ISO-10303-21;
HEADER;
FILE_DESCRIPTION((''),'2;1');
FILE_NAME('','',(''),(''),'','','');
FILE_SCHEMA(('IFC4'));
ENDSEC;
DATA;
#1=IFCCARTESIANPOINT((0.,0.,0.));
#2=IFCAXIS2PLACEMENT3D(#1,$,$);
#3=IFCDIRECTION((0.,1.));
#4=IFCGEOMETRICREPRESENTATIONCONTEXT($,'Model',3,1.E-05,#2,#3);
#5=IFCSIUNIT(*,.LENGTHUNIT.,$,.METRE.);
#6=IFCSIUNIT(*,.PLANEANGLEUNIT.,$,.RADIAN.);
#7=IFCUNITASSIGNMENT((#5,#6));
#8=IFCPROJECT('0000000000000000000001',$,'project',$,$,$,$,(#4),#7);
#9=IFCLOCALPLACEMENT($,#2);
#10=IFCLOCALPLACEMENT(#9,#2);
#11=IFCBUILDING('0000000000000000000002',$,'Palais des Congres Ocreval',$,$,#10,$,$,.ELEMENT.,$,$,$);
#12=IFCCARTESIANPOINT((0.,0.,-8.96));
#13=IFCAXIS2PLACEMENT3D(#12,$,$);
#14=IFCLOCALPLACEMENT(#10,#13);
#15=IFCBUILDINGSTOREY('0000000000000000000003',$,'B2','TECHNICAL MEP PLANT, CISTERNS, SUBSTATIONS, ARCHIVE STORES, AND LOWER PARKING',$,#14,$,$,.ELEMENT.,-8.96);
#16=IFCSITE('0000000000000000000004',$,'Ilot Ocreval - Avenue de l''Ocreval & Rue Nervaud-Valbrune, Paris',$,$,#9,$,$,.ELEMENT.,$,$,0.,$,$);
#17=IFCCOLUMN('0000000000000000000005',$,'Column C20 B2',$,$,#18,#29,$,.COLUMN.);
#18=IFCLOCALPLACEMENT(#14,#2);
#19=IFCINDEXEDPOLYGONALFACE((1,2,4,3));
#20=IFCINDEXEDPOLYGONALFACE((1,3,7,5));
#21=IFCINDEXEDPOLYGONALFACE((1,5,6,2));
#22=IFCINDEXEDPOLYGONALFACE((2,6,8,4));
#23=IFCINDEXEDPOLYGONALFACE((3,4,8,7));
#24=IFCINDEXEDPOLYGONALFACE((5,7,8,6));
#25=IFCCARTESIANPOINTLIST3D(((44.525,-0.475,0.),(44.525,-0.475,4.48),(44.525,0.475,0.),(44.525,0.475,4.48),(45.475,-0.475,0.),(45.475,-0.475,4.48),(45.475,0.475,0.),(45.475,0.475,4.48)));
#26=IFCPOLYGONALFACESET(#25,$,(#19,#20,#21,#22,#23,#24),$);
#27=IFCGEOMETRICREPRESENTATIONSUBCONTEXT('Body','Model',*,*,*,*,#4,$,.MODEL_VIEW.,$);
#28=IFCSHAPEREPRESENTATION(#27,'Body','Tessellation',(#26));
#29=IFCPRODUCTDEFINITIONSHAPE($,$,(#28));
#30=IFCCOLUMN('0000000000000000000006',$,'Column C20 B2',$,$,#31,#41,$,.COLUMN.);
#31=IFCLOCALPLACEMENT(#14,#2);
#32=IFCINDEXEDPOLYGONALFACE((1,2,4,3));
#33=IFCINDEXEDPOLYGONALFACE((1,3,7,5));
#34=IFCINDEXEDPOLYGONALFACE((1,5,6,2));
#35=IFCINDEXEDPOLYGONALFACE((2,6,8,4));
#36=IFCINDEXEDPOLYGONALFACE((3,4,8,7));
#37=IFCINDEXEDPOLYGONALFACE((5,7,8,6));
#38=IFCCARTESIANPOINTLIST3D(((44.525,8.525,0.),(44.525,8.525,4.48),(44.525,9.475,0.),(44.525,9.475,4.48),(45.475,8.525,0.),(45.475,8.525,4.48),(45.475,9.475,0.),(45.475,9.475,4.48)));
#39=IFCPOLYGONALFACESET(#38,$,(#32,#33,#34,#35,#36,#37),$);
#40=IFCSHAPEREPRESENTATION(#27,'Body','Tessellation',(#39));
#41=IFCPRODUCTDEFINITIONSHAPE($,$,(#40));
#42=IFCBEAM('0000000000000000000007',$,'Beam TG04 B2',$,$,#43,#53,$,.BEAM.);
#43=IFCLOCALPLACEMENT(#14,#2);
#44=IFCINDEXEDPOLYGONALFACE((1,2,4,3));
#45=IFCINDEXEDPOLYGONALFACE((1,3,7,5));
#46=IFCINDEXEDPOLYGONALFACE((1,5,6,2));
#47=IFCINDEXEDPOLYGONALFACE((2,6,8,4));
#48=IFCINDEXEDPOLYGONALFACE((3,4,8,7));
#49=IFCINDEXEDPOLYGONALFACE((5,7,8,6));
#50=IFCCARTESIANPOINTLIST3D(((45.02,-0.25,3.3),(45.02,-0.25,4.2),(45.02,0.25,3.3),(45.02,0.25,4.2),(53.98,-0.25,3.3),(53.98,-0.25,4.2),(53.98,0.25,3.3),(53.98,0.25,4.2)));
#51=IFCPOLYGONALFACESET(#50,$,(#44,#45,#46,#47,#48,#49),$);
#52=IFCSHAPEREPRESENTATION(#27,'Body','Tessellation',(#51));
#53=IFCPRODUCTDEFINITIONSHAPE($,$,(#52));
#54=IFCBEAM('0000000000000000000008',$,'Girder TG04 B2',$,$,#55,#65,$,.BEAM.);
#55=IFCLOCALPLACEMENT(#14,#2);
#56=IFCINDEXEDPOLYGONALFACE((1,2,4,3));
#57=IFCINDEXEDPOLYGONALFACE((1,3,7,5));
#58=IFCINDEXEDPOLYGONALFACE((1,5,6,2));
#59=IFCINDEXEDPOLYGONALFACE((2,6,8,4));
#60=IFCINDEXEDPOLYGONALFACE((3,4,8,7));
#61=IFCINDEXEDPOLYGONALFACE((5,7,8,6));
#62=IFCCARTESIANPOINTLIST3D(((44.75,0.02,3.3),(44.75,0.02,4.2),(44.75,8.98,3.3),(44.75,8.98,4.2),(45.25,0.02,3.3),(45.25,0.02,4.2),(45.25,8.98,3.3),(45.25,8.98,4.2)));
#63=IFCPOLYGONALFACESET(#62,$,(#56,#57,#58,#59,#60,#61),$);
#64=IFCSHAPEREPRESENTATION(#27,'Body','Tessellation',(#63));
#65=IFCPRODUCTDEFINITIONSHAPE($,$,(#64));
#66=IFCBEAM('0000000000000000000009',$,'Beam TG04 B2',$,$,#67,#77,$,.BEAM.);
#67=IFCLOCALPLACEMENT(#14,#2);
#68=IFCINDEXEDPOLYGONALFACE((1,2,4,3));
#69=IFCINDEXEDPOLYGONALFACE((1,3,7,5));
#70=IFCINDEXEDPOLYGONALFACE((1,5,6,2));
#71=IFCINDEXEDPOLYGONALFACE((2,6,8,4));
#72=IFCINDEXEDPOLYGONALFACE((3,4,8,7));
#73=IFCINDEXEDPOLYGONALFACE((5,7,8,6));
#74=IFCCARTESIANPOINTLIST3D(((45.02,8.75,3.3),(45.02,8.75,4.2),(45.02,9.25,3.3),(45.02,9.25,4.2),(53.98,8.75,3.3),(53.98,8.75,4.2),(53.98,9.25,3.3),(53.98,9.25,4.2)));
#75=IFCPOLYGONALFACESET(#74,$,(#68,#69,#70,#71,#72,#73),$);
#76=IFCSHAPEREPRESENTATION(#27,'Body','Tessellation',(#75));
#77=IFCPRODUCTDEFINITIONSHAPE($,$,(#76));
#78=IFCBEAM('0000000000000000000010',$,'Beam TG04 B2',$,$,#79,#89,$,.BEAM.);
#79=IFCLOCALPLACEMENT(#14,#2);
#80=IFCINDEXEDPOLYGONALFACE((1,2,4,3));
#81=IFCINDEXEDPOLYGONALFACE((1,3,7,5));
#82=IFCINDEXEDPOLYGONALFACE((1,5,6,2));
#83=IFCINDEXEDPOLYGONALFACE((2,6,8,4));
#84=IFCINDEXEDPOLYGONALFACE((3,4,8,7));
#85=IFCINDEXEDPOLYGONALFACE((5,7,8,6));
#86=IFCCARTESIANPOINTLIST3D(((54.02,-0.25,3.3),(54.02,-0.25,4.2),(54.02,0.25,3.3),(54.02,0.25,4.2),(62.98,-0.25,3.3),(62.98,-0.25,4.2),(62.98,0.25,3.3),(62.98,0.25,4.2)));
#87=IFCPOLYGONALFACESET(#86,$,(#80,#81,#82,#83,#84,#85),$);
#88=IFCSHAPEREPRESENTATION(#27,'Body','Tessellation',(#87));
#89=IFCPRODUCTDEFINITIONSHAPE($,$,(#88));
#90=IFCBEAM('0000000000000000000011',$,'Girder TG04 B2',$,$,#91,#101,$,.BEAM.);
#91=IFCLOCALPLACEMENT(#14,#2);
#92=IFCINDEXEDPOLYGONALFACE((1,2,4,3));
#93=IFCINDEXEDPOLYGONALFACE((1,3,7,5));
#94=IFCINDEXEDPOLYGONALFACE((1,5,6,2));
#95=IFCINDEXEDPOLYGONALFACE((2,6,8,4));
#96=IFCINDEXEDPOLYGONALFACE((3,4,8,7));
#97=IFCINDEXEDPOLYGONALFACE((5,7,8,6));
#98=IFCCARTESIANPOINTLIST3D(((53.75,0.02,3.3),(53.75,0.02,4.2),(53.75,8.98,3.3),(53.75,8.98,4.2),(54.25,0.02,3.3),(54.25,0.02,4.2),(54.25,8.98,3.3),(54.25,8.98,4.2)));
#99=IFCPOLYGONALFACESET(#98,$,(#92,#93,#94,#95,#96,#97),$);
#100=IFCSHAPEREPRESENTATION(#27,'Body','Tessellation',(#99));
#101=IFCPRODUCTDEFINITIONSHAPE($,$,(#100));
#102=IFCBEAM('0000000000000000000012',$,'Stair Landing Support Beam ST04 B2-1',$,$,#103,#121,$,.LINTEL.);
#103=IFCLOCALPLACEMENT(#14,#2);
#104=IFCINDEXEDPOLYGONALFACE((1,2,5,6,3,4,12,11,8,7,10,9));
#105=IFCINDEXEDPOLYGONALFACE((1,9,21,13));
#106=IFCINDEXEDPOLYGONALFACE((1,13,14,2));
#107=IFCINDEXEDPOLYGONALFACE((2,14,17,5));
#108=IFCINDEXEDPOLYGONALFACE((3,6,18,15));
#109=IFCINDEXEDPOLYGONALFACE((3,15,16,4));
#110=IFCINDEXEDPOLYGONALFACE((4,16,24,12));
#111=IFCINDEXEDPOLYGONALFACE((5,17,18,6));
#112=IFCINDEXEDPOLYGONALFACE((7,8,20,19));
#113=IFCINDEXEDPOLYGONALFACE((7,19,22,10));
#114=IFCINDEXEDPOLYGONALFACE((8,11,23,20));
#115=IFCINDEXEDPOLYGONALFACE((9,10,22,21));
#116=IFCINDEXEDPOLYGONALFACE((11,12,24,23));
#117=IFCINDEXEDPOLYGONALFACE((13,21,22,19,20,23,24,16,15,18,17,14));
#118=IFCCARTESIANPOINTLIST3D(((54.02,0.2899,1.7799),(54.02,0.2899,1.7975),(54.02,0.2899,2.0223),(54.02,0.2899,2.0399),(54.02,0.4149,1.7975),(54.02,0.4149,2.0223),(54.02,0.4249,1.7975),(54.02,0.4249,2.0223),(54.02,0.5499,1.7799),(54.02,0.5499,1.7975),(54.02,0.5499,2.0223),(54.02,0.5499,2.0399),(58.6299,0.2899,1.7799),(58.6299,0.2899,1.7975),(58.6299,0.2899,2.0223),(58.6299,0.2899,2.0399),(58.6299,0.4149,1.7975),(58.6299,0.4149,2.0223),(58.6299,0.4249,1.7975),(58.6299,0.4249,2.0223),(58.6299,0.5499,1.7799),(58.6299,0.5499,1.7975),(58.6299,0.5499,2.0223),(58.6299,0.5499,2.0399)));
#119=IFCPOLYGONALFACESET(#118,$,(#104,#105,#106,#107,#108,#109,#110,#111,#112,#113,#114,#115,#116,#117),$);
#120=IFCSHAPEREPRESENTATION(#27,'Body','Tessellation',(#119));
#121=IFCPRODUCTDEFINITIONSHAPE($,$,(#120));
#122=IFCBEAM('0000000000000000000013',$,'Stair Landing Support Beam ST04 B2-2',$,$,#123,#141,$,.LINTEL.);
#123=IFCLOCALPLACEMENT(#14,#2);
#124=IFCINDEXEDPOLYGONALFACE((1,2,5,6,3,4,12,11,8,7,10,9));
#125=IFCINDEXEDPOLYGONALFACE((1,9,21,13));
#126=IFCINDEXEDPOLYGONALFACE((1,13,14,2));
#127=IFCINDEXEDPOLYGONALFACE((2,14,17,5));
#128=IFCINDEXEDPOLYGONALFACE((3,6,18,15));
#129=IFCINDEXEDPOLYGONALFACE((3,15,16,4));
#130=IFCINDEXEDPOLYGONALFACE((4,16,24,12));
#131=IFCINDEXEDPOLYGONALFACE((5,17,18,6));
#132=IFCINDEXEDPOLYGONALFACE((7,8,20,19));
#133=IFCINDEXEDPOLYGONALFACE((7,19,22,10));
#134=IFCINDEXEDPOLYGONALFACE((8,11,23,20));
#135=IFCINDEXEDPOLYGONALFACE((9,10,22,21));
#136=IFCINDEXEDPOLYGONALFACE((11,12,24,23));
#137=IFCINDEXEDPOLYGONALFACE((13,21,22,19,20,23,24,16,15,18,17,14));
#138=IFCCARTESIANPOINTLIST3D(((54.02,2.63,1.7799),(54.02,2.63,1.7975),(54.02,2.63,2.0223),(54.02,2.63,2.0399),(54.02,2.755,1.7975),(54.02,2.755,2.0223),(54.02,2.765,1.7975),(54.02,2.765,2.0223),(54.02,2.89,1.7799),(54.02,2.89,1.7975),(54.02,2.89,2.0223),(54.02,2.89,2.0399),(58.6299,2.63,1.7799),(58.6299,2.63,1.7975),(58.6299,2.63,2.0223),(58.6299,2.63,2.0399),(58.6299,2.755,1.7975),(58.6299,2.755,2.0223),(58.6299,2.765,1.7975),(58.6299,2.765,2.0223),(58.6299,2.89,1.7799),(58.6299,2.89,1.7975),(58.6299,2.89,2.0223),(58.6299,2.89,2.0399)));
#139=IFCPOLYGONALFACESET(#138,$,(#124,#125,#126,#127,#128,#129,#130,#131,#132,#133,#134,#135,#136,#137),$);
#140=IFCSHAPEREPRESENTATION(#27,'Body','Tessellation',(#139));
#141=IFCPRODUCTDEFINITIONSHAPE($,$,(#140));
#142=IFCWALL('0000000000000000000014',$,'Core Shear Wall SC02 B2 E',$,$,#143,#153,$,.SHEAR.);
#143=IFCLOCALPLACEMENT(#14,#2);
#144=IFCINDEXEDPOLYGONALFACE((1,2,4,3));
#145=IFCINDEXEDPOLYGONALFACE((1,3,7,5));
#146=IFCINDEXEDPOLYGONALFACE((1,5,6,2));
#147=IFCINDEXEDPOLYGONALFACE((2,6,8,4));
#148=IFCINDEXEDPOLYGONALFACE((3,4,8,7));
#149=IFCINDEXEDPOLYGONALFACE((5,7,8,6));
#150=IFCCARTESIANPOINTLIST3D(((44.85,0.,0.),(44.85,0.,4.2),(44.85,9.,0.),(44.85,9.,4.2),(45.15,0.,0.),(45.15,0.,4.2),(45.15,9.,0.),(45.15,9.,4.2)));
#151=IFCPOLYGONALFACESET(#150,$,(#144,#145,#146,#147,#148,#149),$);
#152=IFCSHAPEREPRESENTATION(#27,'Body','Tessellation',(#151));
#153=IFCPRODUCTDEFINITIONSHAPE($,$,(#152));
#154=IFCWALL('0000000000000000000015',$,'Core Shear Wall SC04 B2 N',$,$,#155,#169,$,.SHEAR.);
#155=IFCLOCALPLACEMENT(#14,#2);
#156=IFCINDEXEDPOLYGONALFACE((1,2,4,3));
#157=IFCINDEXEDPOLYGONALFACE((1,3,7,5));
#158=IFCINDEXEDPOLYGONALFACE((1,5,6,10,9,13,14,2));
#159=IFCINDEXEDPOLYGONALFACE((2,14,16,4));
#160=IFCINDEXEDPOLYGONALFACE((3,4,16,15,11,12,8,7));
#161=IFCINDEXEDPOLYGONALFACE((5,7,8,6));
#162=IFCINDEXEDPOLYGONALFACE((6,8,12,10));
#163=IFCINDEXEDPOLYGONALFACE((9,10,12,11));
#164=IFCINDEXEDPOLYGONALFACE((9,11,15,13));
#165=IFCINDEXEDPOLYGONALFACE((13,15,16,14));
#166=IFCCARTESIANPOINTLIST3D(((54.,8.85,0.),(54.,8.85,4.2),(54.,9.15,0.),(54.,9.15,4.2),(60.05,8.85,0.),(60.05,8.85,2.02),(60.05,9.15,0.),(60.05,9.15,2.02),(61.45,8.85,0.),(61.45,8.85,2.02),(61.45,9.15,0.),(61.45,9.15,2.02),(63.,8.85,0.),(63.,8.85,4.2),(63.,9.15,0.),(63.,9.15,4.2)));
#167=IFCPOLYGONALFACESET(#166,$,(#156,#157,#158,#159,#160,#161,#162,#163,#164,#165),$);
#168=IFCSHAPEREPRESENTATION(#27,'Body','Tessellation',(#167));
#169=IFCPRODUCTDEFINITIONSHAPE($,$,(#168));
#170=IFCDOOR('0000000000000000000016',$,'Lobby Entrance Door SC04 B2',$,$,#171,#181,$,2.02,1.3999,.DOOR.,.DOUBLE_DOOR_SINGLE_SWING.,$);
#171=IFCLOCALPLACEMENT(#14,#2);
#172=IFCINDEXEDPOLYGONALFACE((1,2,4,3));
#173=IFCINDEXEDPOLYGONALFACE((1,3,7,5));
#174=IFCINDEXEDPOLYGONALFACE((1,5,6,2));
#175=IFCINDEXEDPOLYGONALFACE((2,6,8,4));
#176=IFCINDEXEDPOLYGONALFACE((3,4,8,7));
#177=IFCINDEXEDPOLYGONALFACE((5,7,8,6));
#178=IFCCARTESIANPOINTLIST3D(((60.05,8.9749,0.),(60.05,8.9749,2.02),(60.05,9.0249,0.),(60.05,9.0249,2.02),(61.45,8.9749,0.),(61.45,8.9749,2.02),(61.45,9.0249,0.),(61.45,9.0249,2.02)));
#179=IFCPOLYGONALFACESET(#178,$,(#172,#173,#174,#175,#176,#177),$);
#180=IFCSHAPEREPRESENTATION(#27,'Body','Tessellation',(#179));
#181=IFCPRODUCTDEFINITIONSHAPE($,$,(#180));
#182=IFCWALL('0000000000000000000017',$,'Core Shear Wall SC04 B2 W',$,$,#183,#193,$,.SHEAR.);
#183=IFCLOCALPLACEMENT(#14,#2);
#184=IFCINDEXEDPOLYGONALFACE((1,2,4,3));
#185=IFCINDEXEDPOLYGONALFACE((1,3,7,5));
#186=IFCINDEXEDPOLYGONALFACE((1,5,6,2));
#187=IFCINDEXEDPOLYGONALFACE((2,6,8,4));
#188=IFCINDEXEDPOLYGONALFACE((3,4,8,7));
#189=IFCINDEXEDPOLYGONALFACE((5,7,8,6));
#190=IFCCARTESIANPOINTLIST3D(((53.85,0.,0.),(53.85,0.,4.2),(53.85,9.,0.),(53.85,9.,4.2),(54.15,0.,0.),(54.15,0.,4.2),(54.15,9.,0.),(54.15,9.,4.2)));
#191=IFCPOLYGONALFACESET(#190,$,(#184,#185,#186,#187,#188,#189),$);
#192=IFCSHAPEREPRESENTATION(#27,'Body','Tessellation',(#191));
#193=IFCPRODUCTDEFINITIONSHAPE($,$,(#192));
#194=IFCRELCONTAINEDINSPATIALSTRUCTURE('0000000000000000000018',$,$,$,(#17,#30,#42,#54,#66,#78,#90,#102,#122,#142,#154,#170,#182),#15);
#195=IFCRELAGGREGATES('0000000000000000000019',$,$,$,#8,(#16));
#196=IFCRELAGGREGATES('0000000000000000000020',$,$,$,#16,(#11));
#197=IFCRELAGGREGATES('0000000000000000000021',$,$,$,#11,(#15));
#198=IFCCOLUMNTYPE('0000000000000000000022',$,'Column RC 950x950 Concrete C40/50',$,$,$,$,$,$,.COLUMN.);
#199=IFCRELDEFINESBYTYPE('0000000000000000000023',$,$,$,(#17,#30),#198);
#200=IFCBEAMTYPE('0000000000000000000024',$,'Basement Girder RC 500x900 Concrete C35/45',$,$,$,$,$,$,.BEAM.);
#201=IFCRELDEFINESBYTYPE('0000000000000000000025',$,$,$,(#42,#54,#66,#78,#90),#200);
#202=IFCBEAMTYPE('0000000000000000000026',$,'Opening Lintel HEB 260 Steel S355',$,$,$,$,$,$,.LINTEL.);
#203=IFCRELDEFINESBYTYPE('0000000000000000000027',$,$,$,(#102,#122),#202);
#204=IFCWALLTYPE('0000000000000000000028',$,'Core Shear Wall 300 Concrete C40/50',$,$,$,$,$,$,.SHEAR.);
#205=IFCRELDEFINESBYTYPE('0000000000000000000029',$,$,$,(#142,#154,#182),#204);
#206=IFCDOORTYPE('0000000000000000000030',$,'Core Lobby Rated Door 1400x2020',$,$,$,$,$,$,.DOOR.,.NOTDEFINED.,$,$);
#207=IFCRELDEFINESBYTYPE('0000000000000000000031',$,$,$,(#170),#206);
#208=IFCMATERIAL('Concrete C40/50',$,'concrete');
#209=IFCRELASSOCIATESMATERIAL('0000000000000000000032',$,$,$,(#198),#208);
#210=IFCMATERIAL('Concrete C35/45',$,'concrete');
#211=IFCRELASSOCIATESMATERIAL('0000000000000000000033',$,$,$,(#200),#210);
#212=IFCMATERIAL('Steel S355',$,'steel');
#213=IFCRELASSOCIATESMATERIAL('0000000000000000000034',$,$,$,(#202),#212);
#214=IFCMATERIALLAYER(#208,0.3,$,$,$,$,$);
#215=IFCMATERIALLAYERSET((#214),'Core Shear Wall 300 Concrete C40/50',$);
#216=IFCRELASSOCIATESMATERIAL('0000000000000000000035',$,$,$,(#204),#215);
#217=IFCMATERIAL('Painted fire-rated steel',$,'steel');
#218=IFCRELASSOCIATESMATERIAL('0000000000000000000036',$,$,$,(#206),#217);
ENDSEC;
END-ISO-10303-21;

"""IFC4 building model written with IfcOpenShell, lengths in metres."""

from ifc_helpers import new_model, si_unit, direction, frame, frame_2d, origin, origin_2d, place, context, subcontext, project, spatial, rectangle, i_section, extrude, material, layer, layer_set, material_profile, profile_set, type_object, element, fill, save


model = new_model("IFC4")

# Units and contexts
model_context = context("Model", 3, precision=1e-05, world=origin(), true_north=direction((0.0, 1.0)))
body_context = subcontext(model_context, "Body", "Model", "MODEL_VIEW")
ifc_project = project(units=[si_unit("LENGTHUNIT", "METRE"), si_unit("PLANEANGLEUNIT", "RADIAN")], contexts=[model_context])

# Site, building, storey
site_placement = place(None, origin())
site = spatial("IfcSite", under=ifc_project, at=site_placement, Name="Ilot Ocreval - Avenue de l'Ocreval & Rue Nervaud-Valbrune, Paris", CompositionType="ELEMENT", RefElevation=0.0)
building_placement = place(site_placement, origin())
building = spatial("IfcBuilding", under=site, at=building_placement, Name="Palais des Congres Ocreval", CompositionType="ELEMENT")
storey_placement = place(building_placement, frame((0.0, 0.0, -8.96)))
storey = spatial("IfcBuildingStorey", under=building, at=storey_placement, Name="B2", Description="TECHNICAL MEP PLANT, CISTERNS, SUBSTATIONS, ARCHIVE STORES, AND LOWER PARKING", CompositionType="ELEMENT", Elevation=-8.96)

# Shared definitions
ifc_material_1 = material(Name="Concrete C35/45", Category="concrete")

# Columns
ifc_material_2 = material(Name="Concrete C40/50", Category="concrete")
ifc_material_profile_1 = material_profile(ifc_material_2, rectangle(XDim=0.95, YDim=0.95, at=origin_2d()), Name="RC 950x950")
ifc_profile_set_1 = profile_set([ifc_material_profile_1], Name="Concrete C40/50")
column_type_1 = type_object("IfcColumnType", Name="Column RC 950x950 Concrete C40/50", PredefinedType="COLUMN", material=ifc_profile_set_1)
for number, where, z_axis, x_axis, name in (
    (1, (45.0, 0.0, 0.0), (0.0, 0.0, 1.0), (1.0, 0.0, 0.0), "Column C20 B2"),
    (2, (45.0, 9.0, 0.0), (0.0, 0.0, 1.0), (1.0, 0.0, 0.0), "Column C20 B2"),
):
    element("IfcColumn", number, at=place(storey_placement, frame(where, z_axis=z_axis, x_axis=x_axis)), inside=storey, type_object=column_type_1, Name=name, PredefinedType="COLUMN", context=body_context, shape_type="SweptSolid", body=[
        extrude(rectangle(XDim=0.95, YDim=0.95, at=origin_2d()), origin(), (0.0, 0.0, 1.0), 4.48),
    ])

# Beams
ifc_material_profile_2 = material_profile(ifc_material_1, rectangle(XDim=0.5, YDim=0.8999, at=origin_2d()), Name="RC 500x900")
ifc_profile_set_2 = profile_set([ifc_material_profile_2], Name="Concrete C35/45")
beam_type_1 = type_object("IfcBeamType", Name="Basement Girder RC 500x900 Concrete C35/45", PredefinedType="BEAM", material=ifc_profile_set_2)
for number, where, z_axis, x_axis, name in (
    (3, (45.02, 0.0, 3.75), (1.0, 0.0, 0.0), (0.0, 1.0, 0.0), "Beam TG04 B2"),
    (4, (45.0, 0.02, 3.75), (0.0, 1.0, 0.0), (-1.0, 0.0, 0.0), "Girder TG04 B2"),
    (5, (45.02, 9.0, 3.75), (1.0, 0.0, 0.0), (0.0, 1.0, 0.0), "Beam TG04 B2"),
    (6, (54.02, 0.0, 3.75), (1.0, 0.0, 0.0), (0.0, 1.0, 0.0), "Beam TG04 B2"),
    (7, (54.0, 0.02, 3.75), (0.0, 1.0, 0.0), (-1.0, 0.0, 0.0), "Girder TG04 B2"),
):
    element("IfcBeam", number, at=place(storey_placement, frame(where, z_axis=z_axis, x_axis=x_axis)), inside=storey, type_object=beam_type_1, Name=name, PredefinedType="BEAM", context=body_context, shape_type="SweptSolid", body=[
        extrude(rectangle(XDim=0.5, YDim=0.8999, at=origin_2d()), origin(), (0.0, 0.0, 1.0), 8.96),
    ])
ifc_material_3 = material(Name="Steel S355", Category="steel")
ifc_material_profile_3 = material_profile(ifc_material_3, i_section(OverallWidth=0.26, OverallDepth=0.26, WebThickness=0.01, FlangeThickness=0.0176, at=origin_2d()), Name="HEB 260")
ifc_profile_set_3 = profile_set([ifc_material_profile_3], Name="Steel S355")
beam_type_2 = type_object("IfcBeamType", Name="Opening Lintel HEB 260 Steel S355", PredefinedType="LINTEL", material=ifc_profile_set_3)
for number, where, z_axis, x_axis, name in (
    (8, (54.02, 0.4199, 1.9099), (1.0, 0.0, 0.0), (0.0, 1.0, 0.0), "Stair Landing Support Beam ST04 B2-1"),
    (9, (54.02, 2.76, 1.9099), (1.0, 0.0, 0.0), (0.0, 1.0, 0.0), "Stair Landing Support Beam ST04 B2-2"),
):
    element("IfcBeam", number, at=place(storey_placement, frame(where, z_axis=z_axis, x_axis=x_axis)), inside=storey, type_object=beam_type_2, Name=name, PredefinedType="LINTEL", context=body_context, shape_type="SweptSolid", body=[
        extrude(i_section(OverallWidth=0.26, OverallDepth=0.26, WebThickness=0.01, FlangeThickness=0.0176, at=origin_2d()), origin(), (0.0, 0.0, 1.0), 4.6099),
    ])

# Wall
ifc_layer_1 = layer(ifc_material_2, 0.3)
ifc_layer_set_1 = layer_set([ifc_layer_1], Name="Core Shear Wall 300 Concrete C40/50")
wall_type_1 = type_object("IfcWallType", Name="Core Shear Wall 300 Concrete C40/50", PredefinedType="SHEAR", material=ifc_layer_set_1)
wall_1_placement = place(storey_placement, frame((45.0, 0.0, 0.0), z_axis=(0.0, 0.0, 1.0), x_axis=(0.0, 1.0, 0.0)))
element("IfcWall", 10, at=wall_1_placement, inside=storey, type_object=wall_type_1, Name="Core Shear Wall SC02 B2 E", PredefinedType="SHEAR", context=body_context, shape_type="SweptSolid", body=[
    extrude(rectangle(XDim=9.0, YDim=0.3, at=frame_2d((4.5, 0.0))), origin(), (0.0, 0.0, 1.0), 4.2),
])

# Wall, opening, door
wall_2_placement = place(storey_placement, frame((54.0, 9.0, 0.0), z_axis=(0.0, 0.0, 1.0), x_axis=(1.0, 0.0, 0.0)))
wall_2 = element("IfcWall", 11, at=wall_2_placement, inside=storey, type_object=wall_type_1, Name="Core Shear Wall SC04 B2 N", PredefinedType="SHEAR", context=body_context, shape_type="SweptSolid", body=[
    extrude(rectangle(XDim=9.0, YDim=0.3, at=frame_2d((4.5, 0.0))), origin(), (0.0, 0.0, 1.0), 4.2),
])
opening_placement = place(wall_2_placement, frame((6.05, 0.0, 0.0)))
opening = element("IfcOpeningElement", 12, at=opening_placement, cuts=wall_2, PredefinedType="OPENING", context=body_context, shape_type="SweptSolid", body=[
    extrude(rectangle(XDim=1.3999, YDim=2.02, at=frame_2d((0.7, 1.01))), frame((0.0, 0.1599, 0.0), z_axis=(0.0, -1.0, 0.0), x_axis=(1.0, 0.0, 0.0)), (0.0, 0.0, 1.0), 0.3201),
])
ifc_material_4 = material(Name="Painted fire-rated steel", Category="steel")
door_type = type_object("IfcDoorType", Name="Core Lobby Rated Door 1400x2020", OperationType="NOTDEFINED", PredefinedType="DOOR", material=ifc_material_4)
door_placement = place(opening_placement, origin())
door = element("IfcDoor", 13, at=door_placement, inside=storey, type_object=door_type, Name="Lobby Entrance Door SC04 B2", OperationType="DOUBLE_DOOR_SINGLE_SWING", OverallHeight=2.02, OverallWidth=1.3999, PredefinedType="DOOR", context=body_context, shape_type="SweptSolid", body=[
    extrude(rectangle(XDim=1.3999, YDim=2.02, at=frame_2d((0.7, 1.01))), frame((0.0, 0.0249, 0.0), z_axis=(0.0, -1.0, 0.0), x_axis=(1.0, 0.0, 0.0)), (0.0, 0.0, 1.0), 0.05),
])
fill(opening, door)

# Wall
wall_3_placement = place(storey_placement, frame((54.0, 0.0, 0.0), z_axis=(0.0, 0.0, 1.0), x_axis=(0.0, 1.0, 0.0)))
element("IfcWall", 14, at=wall_3_placement, inside=storey, type_object=wall_type_1, Name="Core Shear Wall SC04 B2 W", PredefinedType="SHEAR", context=body_context, shape_type="SweptSolid", body=[
    extrude(rectangle(XDim=9.0, YDim=0.3, at=frame_2d((4.5, 0.0))), origin(), (0.0, 0.0, 1.0), 4.2),
])

save(model, "model.ifc")
